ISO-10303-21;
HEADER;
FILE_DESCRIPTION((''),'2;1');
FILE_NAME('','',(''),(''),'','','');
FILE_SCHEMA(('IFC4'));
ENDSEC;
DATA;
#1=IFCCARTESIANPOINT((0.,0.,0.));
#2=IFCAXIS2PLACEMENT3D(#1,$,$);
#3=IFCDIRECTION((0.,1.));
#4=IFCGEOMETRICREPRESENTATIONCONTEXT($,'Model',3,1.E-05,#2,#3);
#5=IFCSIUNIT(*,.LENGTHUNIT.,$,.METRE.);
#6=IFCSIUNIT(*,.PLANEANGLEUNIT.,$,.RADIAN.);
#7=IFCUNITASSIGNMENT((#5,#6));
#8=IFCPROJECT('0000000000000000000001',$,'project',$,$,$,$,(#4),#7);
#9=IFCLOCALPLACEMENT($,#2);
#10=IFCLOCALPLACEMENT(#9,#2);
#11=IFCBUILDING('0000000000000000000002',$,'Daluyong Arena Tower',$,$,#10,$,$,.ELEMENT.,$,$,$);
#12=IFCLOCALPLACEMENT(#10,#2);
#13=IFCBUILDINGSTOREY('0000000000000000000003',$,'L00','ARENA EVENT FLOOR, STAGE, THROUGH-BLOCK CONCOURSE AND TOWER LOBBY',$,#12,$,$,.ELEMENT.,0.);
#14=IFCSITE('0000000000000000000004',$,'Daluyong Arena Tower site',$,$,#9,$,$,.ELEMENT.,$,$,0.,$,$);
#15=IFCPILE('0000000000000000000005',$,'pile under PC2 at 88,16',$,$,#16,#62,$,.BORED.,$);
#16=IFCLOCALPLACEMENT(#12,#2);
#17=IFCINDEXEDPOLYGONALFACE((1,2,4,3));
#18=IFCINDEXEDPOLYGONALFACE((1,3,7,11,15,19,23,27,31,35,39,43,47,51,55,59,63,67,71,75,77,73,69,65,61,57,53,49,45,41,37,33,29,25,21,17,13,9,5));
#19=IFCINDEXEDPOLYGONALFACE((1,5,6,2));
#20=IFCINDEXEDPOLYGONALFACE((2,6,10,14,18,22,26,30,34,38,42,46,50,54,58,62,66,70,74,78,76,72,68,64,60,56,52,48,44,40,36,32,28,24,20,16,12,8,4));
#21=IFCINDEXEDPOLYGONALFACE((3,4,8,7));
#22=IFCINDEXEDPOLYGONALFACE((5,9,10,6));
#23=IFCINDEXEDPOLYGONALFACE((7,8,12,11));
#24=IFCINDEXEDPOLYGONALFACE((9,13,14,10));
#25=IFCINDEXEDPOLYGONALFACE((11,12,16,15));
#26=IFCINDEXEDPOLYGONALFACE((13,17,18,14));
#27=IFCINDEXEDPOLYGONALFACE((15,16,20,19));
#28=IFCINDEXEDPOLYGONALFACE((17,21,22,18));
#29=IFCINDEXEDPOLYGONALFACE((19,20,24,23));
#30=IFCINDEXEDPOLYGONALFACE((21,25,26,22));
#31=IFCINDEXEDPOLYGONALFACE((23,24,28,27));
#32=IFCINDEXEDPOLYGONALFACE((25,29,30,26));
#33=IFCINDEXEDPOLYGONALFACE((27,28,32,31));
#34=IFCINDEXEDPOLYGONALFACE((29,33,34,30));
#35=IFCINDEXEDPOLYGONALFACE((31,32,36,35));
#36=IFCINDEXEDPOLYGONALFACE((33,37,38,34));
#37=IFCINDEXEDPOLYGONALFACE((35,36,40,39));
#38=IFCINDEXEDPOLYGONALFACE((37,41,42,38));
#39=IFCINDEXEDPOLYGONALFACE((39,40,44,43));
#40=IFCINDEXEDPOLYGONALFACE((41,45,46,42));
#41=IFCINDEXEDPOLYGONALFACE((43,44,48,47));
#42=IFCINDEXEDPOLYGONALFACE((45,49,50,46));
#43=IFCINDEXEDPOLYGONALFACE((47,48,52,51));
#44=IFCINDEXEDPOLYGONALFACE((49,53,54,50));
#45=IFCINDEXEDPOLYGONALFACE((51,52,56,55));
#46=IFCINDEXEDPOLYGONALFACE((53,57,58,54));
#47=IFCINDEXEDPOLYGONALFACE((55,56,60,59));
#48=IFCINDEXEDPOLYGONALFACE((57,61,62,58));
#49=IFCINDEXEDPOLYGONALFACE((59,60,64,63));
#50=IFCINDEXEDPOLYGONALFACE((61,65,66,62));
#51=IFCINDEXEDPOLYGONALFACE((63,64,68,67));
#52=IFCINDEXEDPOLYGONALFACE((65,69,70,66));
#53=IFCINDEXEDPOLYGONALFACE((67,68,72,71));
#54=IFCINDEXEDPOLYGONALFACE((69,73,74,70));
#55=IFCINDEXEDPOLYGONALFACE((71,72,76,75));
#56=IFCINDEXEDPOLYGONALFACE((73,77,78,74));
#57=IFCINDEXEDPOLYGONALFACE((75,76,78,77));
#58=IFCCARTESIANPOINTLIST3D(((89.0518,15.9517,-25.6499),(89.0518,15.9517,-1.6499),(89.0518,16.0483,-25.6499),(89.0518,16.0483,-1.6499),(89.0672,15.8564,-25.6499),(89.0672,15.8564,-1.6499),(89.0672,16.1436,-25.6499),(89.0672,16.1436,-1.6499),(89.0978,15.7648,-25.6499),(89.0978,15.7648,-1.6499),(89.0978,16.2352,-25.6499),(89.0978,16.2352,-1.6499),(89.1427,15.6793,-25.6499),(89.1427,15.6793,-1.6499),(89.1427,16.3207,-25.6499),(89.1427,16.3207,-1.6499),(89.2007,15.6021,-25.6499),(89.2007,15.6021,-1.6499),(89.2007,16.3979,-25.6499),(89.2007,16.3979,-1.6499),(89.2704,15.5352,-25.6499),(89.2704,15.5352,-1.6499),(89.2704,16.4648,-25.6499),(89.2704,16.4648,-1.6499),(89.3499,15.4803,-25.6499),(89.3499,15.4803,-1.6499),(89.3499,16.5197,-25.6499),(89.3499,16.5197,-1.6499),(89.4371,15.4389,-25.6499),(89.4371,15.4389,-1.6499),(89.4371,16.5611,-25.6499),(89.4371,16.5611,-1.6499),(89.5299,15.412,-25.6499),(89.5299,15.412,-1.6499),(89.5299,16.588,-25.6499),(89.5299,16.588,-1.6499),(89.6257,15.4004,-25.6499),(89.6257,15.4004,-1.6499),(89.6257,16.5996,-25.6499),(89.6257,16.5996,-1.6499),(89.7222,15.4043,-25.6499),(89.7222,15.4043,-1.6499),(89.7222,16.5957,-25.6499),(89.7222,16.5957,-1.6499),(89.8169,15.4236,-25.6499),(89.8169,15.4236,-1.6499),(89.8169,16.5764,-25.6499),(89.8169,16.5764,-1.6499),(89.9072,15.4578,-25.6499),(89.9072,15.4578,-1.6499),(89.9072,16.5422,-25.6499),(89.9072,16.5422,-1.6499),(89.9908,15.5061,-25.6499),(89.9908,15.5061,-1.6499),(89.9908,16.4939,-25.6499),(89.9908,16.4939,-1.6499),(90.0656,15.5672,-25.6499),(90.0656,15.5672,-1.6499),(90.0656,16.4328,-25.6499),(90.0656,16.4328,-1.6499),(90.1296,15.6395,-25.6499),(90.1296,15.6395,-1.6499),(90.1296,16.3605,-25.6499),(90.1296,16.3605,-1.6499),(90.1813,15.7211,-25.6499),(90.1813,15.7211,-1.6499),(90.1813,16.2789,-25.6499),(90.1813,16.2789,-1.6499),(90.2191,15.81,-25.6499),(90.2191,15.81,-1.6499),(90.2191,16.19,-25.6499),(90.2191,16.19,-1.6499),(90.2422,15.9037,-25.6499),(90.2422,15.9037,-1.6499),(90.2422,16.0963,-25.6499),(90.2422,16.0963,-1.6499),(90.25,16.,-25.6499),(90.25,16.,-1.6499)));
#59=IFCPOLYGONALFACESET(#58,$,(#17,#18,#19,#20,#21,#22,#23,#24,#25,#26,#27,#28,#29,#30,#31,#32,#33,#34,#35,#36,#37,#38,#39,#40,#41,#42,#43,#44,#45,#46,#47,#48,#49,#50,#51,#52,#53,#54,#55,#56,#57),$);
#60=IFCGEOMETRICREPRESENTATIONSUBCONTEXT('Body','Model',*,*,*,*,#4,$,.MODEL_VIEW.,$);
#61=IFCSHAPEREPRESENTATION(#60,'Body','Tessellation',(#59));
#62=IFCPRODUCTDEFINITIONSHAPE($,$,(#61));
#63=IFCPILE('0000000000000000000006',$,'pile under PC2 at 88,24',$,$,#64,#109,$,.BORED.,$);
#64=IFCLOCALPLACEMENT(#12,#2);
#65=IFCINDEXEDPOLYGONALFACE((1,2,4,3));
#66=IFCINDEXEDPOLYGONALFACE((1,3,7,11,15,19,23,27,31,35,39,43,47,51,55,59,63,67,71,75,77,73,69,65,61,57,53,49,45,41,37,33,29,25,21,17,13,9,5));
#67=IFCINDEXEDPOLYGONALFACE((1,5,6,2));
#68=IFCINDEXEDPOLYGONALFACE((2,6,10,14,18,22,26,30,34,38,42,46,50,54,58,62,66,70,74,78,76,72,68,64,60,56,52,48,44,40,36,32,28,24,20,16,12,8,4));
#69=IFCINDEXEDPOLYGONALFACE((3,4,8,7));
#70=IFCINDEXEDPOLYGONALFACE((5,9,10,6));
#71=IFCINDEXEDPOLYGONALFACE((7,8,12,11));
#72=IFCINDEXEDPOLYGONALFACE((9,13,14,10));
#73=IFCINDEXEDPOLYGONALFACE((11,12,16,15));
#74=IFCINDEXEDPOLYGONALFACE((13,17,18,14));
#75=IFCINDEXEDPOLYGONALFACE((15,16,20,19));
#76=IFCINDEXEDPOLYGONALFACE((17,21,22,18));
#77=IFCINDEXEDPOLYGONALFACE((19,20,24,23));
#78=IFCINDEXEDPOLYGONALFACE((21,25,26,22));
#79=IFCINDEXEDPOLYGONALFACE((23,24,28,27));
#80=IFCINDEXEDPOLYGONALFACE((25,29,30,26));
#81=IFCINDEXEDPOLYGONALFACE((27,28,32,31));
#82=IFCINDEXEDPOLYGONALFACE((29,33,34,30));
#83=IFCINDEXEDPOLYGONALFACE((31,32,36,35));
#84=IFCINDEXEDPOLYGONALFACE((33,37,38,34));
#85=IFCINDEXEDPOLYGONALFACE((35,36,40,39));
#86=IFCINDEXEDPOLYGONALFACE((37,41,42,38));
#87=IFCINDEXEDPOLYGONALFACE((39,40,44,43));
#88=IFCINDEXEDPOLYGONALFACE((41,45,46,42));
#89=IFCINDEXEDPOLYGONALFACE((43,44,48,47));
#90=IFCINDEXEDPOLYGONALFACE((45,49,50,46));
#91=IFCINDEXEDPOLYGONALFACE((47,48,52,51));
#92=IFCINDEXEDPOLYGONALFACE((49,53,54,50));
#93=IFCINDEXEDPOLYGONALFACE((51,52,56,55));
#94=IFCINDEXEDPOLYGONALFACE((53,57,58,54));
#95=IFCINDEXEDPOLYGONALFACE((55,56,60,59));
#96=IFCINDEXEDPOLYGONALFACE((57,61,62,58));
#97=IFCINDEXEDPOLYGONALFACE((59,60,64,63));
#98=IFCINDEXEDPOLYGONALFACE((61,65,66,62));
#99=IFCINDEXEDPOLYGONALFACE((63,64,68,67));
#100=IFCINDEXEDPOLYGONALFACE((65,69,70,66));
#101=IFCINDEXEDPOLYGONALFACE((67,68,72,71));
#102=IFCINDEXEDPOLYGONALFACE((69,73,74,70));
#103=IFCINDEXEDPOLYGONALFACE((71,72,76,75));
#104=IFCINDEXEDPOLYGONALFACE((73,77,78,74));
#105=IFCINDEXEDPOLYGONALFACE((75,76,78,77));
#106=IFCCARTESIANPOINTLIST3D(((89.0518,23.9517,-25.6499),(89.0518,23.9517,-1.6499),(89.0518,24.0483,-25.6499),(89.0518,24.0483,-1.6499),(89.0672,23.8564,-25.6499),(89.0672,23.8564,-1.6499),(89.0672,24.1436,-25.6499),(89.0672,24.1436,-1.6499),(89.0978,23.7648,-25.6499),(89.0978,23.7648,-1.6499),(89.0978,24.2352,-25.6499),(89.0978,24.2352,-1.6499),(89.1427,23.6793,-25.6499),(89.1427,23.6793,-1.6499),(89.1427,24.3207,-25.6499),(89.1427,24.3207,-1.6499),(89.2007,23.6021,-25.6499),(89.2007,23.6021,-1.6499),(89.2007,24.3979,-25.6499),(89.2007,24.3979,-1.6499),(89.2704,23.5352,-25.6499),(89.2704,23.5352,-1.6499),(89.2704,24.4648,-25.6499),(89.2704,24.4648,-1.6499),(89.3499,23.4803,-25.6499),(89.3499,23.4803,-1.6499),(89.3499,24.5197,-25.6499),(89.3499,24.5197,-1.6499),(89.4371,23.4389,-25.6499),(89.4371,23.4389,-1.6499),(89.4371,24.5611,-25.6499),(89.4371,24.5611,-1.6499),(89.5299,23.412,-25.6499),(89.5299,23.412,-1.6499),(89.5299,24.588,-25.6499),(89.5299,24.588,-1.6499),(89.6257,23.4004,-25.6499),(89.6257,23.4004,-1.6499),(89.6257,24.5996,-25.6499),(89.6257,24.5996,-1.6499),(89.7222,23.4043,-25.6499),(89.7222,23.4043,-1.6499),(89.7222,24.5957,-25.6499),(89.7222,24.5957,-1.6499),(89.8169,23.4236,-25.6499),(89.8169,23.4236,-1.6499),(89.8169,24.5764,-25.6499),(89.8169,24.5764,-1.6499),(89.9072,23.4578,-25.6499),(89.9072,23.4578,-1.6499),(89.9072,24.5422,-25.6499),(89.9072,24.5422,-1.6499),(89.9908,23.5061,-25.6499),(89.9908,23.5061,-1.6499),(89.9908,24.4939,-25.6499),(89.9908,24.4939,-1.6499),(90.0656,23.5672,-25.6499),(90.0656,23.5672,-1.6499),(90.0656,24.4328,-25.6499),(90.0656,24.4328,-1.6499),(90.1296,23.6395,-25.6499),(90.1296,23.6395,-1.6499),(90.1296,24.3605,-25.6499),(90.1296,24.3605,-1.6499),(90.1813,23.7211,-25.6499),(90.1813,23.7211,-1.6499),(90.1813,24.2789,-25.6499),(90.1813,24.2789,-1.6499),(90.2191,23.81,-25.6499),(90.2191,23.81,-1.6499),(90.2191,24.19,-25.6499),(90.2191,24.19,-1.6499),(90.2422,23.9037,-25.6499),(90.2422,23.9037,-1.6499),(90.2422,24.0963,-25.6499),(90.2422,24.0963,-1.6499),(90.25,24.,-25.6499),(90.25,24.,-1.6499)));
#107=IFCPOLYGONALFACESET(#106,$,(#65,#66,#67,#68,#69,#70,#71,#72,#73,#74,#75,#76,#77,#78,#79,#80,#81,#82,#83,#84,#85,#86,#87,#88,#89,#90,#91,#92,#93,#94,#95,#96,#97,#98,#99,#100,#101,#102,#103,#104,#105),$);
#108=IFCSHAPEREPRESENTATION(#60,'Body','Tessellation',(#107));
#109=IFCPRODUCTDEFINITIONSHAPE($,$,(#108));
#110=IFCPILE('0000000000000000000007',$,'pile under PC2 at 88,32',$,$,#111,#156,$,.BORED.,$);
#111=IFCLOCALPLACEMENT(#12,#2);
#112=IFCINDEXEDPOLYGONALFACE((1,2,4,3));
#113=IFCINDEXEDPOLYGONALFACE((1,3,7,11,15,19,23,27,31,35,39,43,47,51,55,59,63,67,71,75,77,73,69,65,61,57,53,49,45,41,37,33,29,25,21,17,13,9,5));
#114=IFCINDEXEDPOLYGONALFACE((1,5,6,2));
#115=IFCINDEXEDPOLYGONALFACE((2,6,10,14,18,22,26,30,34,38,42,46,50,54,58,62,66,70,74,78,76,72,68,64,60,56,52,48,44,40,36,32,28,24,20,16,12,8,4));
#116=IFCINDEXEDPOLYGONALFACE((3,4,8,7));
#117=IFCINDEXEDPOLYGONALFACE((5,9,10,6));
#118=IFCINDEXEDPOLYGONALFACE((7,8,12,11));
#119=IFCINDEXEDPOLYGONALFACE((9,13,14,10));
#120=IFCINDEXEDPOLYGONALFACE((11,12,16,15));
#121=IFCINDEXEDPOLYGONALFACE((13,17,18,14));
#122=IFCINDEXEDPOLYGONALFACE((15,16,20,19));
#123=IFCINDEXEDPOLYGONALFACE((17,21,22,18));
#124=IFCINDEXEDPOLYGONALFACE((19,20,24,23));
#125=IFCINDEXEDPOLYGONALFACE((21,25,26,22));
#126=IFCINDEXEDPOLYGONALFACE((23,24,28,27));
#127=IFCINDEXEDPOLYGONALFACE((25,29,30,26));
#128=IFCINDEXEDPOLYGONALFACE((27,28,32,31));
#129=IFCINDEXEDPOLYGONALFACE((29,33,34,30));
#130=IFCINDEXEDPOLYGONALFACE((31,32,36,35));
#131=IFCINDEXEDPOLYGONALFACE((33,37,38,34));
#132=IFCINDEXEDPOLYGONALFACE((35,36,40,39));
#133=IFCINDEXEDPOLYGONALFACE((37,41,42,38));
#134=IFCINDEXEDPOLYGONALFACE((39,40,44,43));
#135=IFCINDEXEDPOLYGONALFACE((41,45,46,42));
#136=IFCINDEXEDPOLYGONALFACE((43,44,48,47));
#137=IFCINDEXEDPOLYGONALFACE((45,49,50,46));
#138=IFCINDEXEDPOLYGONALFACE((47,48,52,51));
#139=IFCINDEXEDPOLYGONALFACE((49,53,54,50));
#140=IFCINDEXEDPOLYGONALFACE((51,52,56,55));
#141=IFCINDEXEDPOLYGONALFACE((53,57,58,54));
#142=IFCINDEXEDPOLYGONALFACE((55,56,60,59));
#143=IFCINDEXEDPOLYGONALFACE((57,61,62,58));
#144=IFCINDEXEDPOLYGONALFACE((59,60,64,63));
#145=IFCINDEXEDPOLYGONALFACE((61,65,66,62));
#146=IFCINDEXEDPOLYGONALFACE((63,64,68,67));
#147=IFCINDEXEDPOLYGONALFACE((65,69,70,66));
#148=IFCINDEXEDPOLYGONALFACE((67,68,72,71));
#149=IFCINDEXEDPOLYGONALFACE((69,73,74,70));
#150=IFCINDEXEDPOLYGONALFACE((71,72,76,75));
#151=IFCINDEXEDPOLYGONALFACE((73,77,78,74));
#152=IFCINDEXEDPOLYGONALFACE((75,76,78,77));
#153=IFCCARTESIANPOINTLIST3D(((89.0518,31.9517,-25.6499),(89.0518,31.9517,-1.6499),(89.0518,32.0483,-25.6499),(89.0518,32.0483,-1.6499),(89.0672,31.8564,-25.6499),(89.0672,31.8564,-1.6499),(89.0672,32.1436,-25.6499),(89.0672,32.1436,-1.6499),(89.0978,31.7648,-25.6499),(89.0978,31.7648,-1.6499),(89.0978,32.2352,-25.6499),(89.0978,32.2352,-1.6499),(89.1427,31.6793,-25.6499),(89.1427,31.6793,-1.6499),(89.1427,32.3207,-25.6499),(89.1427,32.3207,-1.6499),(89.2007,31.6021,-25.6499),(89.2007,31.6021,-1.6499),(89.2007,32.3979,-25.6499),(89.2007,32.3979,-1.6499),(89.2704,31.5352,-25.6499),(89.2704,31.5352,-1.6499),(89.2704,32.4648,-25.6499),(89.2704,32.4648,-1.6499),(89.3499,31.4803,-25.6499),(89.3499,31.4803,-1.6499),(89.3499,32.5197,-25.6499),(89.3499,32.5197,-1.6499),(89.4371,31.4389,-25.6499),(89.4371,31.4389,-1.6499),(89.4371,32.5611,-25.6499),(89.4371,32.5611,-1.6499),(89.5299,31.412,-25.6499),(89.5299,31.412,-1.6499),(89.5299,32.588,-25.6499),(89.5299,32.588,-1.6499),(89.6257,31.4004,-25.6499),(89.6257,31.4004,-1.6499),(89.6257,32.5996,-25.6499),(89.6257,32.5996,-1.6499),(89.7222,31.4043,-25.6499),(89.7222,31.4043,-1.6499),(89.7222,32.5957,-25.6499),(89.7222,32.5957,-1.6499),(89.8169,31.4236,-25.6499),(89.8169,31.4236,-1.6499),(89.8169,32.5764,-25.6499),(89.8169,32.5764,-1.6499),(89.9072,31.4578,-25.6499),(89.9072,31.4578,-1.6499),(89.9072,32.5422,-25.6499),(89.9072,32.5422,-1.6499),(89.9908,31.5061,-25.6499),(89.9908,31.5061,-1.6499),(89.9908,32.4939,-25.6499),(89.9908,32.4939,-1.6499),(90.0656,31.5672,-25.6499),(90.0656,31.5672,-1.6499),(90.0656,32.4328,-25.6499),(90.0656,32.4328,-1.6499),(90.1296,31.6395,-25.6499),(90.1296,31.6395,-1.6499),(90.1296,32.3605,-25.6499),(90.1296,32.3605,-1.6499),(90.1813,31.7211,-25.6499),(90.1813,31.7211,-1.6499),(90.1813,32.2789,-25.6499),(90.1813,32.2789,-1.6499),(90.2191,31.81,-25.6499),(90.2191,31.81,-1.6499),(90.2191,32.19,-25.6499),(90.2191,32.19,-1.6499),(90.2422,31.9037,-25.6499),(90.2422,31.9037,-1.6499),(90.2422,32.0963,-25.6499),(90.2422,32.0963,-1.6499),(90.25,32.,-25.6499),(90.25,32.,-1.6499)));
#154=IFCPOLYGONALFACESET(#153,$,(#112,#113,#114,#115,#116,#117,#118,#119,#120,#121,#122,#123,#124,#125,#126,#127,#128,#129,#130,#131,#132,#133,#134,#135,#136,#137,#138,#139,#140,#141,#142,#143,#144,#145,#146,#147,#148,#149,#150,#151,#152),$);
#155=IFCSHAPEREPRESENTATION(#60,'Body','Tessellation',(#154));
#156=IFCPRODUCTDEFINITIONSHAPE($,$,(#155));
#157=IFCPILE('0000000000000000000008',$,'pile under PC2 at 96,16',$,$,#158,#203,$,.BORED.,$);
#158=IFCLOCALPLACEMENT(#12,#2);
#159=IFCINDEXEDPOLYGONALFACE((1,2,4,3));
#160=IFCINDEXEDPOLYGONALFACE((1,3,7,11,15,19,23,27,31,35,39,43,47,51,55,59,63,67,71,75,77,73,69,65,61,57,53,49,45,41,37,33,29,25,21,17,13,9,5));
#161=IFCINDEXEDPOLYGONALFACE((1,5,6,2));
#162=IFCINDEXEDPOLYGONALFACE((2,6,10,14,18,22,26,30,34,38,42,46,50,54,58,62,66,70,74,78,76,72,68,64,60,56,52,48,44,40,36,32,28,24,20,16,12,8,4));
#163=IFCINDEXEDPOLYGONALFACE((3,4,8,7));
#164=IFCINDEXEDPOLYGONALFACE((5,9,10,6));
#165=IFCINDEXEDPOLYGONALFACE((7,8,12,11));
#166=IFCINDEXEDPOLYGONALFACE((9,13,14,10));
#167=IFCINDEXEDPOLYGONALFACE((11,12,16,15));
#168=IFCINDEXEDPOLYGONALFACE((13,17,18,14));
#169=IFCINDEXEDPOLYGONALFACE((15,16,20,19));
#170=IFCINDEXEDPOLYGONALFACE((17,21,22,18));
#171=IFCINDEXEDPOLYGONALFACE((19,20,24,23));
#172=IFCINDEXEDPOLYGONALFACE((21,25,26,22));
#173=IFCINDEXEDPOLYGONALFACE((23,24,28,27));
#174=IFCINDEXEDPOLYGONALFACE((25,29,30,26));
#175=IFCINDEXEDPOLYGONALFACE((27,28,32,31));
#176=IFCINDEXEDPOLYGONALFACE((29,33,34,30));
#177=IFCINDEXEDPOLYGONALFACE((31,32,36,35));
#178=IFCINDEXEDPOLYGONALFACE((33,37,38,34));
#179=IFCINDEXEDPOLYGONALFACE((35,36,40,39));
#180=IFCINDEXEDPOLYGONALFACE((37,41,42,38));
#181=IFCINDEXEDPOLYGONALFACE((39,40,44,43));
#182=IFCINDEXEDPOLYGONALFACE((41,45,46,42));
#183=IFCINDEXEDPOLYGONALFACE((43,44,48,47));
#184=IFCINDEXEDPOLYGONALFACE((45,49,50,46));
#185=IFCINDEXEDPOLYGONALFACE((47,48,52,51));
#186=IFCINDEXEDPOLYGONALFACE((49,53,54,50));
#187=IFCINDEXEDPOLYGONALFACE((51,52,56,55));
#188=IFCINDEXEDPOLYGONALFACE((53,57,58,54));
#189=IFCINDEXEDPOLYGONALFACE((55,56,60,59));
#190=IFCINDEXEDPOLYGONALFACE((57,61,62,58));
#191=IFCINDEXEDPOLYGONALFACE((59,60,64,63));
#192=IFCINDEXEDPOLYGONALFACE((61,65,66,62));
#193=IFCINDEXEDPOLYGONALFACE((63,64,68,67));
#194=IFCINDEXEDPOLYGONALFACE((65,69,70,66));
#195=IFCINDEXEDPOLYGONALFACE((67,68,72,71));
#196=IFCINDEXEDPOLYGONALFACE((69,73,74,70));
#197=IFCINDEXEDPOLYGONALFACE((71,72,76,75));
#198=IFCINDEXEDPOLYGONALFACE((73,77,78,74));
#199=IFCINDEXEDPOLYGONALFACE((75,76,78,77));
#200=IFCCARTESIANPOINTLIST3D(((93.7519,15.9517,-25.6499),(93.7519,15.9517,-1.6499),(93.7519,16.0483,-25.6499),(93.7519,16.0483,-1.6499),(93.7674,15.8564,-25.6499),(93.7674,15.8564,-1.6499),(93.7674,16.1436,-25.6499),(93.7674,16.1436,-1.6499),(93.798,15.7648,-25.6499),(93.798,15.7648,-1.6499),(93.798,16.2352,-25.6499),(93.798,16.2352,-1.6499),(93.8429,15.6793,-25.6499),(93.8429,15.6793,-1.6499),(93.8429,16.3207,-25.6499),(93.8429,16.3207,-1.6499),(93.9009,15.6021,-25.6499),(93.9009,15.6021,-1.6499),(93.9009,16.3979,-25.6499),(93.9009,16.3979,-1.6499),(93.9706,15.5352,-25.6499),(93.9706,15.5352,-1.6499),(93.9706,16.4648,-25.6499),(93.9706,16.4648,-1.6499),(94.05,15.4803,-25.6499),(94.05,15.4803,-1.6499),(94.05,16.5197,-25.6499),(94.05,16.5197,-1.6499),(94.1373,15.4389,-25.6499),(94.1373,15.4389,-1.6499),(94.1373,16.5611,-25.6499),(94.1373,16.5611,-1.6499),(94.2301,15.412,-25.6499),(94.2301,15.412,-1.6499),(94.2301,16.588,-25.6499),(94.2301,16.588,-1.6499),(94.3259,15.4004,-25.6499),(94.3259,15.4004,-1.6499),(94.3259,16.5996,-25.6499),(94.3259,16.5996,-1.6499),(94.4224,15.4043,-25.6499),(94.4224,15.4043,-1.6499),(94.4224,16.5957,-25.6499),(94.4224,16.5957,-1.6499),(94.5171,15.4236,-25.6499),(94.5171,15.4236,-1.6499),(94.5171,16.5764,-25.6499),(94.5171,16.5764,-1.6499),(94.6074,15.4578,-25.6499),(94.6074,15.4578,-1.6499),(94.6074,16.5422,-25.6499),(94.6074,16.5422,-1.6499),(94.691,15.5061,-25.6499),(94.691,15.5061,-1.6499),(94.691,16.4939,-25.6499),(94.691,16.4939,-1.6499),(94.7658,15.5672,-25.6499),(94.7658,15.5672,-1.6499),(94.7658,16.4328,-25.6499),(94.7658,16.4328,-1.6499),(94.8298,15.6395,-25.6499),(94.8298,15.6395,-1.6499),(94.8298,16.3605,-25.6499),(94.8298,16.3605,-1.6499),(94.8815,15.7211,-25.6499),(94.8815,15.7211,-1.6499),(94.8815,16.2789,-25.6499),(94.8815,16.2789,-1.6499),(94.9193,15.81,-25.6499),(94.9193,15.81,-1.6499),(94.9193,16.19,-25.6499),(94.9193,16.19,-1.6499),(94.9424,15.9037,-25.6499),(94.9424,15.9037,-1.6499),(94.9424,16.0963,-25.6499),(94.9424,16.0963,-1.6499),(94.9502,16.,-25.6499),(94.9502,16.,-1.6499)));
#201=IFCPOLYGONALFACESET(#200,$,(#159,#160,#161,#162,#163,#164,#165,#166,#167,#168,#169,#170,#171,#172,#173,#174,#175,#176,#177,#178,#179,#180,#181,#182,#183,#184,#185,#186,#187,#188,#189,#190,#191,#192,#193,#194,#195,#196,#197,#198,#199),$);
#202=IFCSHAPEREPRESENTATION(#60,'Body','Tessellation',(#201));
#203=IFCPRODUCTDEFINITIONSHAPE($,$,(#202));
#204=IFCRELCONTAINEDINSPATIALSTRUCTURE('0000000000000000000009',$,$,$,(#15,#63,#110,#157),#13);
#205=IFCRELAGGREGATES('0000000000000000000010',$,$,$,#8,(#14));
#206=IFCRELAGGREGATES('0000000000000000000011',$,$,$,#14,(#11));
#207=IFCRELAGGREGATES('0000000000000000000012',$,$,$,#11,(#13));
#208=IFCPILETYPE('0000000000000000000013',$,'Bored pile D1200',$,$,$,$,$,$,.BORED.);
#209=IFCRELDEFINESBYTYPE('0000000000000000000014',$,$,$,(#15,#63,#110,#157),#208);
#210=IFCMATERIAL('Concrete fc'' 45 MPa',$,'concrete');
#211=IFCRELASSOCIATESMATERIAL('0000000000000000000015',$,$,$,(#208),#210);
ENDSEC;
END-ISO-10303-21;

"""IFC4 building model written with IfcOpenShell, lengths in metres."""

from ifc_helpers import new_model, si_unit, direction, frame, origin, origin_2d, place, context, subcontext, project, spatial, circle, extrude, material, type_object, element, save


model = new_model("IFC4")

# Units and contexts
model_context = context("Model", 3, precision=1e-05, world=origin(), true_north=direction((0.0, 1.0)))
body_context = subcontext(model_context, "Body", "Model", "MODEL_VIEW")
ifc_project = project(units=[si_unit("LENGTHUNIT", "METRE"), si_unit("PLANEANGLEUNIT", "RADIAN")], contexts=[model_context])

# Site, building, storey
site_placement = place(None, origin())
site = spatial("IfcSite", under=ifc_project, at=site_placement, Name="Daluyong Arena Tower site", CompositionType="ELEMENT", RefElevation=0.0)
building_placement = place(site_placement, origin())
building = spatial("IfcBuilding", under=site, at=building_placement, Name="Daluyong Arena Tower", CompositionType="ELEMENT")
storey_placement = place(building_placement, origin())
storey = spatial("IfcBuildingStorey", under=building, at=storey_placement, Name="L00", Description="ARENA EVENT FLOOR, STAGE, THROUGH-BLOCK CONCOURSE AND TOWER LOBBY", CompositionType="ELEMENT", Elevation=0.0)

# Piles
ifc_material_1 = material(Name="Concrete fc' 45 MPa", Category="concrete")
pile_type = type_object("IfcPileType", Name="Bored pile D1200", PredefinedType="BORED", material=ifc_material_1)
for number, where, z_axis, x_axis, name in (
    (1, (89.6499, 16.0, -1.6499), (0.0, 0.0, -1.0), (1.0, 0.0, 0.0), "pile under PC2 at 88,16"),
    (2, (89.6499, 24.0, -1.6499), (0.0, 0.0, -1.0), (1.0, 0.0, 0.0), "pile under PC2 at 88,24"),
    (3, (89.6499, 32.0, -1.6499), (0.0, 0.0, -1.0), (1.0, 0.0, 0.0), "pile under PC2 at 88,32"),
    (4, (94.3501, 16.0, -1.6499), (0.0, 0.0, -1.0), (1.0, 0.0, 0.0), "pile under PC2 at 96,16"),
):
    element("IfcPile", number, at=place(storey_placement, frame(where, z_axis=z_axis, x_axis=x_axis)), inside=storey, type_object=pile_type, Name=name, PredefinedType="BORED", context=body_context, shape_type="SweptSolid", body=[
        extrude(circle(Radius=0.6001, at=origin_2d()), origin(), (0.0, 0.0, 1.0), 24.0),
    ])

save(model, "model.ifc")
